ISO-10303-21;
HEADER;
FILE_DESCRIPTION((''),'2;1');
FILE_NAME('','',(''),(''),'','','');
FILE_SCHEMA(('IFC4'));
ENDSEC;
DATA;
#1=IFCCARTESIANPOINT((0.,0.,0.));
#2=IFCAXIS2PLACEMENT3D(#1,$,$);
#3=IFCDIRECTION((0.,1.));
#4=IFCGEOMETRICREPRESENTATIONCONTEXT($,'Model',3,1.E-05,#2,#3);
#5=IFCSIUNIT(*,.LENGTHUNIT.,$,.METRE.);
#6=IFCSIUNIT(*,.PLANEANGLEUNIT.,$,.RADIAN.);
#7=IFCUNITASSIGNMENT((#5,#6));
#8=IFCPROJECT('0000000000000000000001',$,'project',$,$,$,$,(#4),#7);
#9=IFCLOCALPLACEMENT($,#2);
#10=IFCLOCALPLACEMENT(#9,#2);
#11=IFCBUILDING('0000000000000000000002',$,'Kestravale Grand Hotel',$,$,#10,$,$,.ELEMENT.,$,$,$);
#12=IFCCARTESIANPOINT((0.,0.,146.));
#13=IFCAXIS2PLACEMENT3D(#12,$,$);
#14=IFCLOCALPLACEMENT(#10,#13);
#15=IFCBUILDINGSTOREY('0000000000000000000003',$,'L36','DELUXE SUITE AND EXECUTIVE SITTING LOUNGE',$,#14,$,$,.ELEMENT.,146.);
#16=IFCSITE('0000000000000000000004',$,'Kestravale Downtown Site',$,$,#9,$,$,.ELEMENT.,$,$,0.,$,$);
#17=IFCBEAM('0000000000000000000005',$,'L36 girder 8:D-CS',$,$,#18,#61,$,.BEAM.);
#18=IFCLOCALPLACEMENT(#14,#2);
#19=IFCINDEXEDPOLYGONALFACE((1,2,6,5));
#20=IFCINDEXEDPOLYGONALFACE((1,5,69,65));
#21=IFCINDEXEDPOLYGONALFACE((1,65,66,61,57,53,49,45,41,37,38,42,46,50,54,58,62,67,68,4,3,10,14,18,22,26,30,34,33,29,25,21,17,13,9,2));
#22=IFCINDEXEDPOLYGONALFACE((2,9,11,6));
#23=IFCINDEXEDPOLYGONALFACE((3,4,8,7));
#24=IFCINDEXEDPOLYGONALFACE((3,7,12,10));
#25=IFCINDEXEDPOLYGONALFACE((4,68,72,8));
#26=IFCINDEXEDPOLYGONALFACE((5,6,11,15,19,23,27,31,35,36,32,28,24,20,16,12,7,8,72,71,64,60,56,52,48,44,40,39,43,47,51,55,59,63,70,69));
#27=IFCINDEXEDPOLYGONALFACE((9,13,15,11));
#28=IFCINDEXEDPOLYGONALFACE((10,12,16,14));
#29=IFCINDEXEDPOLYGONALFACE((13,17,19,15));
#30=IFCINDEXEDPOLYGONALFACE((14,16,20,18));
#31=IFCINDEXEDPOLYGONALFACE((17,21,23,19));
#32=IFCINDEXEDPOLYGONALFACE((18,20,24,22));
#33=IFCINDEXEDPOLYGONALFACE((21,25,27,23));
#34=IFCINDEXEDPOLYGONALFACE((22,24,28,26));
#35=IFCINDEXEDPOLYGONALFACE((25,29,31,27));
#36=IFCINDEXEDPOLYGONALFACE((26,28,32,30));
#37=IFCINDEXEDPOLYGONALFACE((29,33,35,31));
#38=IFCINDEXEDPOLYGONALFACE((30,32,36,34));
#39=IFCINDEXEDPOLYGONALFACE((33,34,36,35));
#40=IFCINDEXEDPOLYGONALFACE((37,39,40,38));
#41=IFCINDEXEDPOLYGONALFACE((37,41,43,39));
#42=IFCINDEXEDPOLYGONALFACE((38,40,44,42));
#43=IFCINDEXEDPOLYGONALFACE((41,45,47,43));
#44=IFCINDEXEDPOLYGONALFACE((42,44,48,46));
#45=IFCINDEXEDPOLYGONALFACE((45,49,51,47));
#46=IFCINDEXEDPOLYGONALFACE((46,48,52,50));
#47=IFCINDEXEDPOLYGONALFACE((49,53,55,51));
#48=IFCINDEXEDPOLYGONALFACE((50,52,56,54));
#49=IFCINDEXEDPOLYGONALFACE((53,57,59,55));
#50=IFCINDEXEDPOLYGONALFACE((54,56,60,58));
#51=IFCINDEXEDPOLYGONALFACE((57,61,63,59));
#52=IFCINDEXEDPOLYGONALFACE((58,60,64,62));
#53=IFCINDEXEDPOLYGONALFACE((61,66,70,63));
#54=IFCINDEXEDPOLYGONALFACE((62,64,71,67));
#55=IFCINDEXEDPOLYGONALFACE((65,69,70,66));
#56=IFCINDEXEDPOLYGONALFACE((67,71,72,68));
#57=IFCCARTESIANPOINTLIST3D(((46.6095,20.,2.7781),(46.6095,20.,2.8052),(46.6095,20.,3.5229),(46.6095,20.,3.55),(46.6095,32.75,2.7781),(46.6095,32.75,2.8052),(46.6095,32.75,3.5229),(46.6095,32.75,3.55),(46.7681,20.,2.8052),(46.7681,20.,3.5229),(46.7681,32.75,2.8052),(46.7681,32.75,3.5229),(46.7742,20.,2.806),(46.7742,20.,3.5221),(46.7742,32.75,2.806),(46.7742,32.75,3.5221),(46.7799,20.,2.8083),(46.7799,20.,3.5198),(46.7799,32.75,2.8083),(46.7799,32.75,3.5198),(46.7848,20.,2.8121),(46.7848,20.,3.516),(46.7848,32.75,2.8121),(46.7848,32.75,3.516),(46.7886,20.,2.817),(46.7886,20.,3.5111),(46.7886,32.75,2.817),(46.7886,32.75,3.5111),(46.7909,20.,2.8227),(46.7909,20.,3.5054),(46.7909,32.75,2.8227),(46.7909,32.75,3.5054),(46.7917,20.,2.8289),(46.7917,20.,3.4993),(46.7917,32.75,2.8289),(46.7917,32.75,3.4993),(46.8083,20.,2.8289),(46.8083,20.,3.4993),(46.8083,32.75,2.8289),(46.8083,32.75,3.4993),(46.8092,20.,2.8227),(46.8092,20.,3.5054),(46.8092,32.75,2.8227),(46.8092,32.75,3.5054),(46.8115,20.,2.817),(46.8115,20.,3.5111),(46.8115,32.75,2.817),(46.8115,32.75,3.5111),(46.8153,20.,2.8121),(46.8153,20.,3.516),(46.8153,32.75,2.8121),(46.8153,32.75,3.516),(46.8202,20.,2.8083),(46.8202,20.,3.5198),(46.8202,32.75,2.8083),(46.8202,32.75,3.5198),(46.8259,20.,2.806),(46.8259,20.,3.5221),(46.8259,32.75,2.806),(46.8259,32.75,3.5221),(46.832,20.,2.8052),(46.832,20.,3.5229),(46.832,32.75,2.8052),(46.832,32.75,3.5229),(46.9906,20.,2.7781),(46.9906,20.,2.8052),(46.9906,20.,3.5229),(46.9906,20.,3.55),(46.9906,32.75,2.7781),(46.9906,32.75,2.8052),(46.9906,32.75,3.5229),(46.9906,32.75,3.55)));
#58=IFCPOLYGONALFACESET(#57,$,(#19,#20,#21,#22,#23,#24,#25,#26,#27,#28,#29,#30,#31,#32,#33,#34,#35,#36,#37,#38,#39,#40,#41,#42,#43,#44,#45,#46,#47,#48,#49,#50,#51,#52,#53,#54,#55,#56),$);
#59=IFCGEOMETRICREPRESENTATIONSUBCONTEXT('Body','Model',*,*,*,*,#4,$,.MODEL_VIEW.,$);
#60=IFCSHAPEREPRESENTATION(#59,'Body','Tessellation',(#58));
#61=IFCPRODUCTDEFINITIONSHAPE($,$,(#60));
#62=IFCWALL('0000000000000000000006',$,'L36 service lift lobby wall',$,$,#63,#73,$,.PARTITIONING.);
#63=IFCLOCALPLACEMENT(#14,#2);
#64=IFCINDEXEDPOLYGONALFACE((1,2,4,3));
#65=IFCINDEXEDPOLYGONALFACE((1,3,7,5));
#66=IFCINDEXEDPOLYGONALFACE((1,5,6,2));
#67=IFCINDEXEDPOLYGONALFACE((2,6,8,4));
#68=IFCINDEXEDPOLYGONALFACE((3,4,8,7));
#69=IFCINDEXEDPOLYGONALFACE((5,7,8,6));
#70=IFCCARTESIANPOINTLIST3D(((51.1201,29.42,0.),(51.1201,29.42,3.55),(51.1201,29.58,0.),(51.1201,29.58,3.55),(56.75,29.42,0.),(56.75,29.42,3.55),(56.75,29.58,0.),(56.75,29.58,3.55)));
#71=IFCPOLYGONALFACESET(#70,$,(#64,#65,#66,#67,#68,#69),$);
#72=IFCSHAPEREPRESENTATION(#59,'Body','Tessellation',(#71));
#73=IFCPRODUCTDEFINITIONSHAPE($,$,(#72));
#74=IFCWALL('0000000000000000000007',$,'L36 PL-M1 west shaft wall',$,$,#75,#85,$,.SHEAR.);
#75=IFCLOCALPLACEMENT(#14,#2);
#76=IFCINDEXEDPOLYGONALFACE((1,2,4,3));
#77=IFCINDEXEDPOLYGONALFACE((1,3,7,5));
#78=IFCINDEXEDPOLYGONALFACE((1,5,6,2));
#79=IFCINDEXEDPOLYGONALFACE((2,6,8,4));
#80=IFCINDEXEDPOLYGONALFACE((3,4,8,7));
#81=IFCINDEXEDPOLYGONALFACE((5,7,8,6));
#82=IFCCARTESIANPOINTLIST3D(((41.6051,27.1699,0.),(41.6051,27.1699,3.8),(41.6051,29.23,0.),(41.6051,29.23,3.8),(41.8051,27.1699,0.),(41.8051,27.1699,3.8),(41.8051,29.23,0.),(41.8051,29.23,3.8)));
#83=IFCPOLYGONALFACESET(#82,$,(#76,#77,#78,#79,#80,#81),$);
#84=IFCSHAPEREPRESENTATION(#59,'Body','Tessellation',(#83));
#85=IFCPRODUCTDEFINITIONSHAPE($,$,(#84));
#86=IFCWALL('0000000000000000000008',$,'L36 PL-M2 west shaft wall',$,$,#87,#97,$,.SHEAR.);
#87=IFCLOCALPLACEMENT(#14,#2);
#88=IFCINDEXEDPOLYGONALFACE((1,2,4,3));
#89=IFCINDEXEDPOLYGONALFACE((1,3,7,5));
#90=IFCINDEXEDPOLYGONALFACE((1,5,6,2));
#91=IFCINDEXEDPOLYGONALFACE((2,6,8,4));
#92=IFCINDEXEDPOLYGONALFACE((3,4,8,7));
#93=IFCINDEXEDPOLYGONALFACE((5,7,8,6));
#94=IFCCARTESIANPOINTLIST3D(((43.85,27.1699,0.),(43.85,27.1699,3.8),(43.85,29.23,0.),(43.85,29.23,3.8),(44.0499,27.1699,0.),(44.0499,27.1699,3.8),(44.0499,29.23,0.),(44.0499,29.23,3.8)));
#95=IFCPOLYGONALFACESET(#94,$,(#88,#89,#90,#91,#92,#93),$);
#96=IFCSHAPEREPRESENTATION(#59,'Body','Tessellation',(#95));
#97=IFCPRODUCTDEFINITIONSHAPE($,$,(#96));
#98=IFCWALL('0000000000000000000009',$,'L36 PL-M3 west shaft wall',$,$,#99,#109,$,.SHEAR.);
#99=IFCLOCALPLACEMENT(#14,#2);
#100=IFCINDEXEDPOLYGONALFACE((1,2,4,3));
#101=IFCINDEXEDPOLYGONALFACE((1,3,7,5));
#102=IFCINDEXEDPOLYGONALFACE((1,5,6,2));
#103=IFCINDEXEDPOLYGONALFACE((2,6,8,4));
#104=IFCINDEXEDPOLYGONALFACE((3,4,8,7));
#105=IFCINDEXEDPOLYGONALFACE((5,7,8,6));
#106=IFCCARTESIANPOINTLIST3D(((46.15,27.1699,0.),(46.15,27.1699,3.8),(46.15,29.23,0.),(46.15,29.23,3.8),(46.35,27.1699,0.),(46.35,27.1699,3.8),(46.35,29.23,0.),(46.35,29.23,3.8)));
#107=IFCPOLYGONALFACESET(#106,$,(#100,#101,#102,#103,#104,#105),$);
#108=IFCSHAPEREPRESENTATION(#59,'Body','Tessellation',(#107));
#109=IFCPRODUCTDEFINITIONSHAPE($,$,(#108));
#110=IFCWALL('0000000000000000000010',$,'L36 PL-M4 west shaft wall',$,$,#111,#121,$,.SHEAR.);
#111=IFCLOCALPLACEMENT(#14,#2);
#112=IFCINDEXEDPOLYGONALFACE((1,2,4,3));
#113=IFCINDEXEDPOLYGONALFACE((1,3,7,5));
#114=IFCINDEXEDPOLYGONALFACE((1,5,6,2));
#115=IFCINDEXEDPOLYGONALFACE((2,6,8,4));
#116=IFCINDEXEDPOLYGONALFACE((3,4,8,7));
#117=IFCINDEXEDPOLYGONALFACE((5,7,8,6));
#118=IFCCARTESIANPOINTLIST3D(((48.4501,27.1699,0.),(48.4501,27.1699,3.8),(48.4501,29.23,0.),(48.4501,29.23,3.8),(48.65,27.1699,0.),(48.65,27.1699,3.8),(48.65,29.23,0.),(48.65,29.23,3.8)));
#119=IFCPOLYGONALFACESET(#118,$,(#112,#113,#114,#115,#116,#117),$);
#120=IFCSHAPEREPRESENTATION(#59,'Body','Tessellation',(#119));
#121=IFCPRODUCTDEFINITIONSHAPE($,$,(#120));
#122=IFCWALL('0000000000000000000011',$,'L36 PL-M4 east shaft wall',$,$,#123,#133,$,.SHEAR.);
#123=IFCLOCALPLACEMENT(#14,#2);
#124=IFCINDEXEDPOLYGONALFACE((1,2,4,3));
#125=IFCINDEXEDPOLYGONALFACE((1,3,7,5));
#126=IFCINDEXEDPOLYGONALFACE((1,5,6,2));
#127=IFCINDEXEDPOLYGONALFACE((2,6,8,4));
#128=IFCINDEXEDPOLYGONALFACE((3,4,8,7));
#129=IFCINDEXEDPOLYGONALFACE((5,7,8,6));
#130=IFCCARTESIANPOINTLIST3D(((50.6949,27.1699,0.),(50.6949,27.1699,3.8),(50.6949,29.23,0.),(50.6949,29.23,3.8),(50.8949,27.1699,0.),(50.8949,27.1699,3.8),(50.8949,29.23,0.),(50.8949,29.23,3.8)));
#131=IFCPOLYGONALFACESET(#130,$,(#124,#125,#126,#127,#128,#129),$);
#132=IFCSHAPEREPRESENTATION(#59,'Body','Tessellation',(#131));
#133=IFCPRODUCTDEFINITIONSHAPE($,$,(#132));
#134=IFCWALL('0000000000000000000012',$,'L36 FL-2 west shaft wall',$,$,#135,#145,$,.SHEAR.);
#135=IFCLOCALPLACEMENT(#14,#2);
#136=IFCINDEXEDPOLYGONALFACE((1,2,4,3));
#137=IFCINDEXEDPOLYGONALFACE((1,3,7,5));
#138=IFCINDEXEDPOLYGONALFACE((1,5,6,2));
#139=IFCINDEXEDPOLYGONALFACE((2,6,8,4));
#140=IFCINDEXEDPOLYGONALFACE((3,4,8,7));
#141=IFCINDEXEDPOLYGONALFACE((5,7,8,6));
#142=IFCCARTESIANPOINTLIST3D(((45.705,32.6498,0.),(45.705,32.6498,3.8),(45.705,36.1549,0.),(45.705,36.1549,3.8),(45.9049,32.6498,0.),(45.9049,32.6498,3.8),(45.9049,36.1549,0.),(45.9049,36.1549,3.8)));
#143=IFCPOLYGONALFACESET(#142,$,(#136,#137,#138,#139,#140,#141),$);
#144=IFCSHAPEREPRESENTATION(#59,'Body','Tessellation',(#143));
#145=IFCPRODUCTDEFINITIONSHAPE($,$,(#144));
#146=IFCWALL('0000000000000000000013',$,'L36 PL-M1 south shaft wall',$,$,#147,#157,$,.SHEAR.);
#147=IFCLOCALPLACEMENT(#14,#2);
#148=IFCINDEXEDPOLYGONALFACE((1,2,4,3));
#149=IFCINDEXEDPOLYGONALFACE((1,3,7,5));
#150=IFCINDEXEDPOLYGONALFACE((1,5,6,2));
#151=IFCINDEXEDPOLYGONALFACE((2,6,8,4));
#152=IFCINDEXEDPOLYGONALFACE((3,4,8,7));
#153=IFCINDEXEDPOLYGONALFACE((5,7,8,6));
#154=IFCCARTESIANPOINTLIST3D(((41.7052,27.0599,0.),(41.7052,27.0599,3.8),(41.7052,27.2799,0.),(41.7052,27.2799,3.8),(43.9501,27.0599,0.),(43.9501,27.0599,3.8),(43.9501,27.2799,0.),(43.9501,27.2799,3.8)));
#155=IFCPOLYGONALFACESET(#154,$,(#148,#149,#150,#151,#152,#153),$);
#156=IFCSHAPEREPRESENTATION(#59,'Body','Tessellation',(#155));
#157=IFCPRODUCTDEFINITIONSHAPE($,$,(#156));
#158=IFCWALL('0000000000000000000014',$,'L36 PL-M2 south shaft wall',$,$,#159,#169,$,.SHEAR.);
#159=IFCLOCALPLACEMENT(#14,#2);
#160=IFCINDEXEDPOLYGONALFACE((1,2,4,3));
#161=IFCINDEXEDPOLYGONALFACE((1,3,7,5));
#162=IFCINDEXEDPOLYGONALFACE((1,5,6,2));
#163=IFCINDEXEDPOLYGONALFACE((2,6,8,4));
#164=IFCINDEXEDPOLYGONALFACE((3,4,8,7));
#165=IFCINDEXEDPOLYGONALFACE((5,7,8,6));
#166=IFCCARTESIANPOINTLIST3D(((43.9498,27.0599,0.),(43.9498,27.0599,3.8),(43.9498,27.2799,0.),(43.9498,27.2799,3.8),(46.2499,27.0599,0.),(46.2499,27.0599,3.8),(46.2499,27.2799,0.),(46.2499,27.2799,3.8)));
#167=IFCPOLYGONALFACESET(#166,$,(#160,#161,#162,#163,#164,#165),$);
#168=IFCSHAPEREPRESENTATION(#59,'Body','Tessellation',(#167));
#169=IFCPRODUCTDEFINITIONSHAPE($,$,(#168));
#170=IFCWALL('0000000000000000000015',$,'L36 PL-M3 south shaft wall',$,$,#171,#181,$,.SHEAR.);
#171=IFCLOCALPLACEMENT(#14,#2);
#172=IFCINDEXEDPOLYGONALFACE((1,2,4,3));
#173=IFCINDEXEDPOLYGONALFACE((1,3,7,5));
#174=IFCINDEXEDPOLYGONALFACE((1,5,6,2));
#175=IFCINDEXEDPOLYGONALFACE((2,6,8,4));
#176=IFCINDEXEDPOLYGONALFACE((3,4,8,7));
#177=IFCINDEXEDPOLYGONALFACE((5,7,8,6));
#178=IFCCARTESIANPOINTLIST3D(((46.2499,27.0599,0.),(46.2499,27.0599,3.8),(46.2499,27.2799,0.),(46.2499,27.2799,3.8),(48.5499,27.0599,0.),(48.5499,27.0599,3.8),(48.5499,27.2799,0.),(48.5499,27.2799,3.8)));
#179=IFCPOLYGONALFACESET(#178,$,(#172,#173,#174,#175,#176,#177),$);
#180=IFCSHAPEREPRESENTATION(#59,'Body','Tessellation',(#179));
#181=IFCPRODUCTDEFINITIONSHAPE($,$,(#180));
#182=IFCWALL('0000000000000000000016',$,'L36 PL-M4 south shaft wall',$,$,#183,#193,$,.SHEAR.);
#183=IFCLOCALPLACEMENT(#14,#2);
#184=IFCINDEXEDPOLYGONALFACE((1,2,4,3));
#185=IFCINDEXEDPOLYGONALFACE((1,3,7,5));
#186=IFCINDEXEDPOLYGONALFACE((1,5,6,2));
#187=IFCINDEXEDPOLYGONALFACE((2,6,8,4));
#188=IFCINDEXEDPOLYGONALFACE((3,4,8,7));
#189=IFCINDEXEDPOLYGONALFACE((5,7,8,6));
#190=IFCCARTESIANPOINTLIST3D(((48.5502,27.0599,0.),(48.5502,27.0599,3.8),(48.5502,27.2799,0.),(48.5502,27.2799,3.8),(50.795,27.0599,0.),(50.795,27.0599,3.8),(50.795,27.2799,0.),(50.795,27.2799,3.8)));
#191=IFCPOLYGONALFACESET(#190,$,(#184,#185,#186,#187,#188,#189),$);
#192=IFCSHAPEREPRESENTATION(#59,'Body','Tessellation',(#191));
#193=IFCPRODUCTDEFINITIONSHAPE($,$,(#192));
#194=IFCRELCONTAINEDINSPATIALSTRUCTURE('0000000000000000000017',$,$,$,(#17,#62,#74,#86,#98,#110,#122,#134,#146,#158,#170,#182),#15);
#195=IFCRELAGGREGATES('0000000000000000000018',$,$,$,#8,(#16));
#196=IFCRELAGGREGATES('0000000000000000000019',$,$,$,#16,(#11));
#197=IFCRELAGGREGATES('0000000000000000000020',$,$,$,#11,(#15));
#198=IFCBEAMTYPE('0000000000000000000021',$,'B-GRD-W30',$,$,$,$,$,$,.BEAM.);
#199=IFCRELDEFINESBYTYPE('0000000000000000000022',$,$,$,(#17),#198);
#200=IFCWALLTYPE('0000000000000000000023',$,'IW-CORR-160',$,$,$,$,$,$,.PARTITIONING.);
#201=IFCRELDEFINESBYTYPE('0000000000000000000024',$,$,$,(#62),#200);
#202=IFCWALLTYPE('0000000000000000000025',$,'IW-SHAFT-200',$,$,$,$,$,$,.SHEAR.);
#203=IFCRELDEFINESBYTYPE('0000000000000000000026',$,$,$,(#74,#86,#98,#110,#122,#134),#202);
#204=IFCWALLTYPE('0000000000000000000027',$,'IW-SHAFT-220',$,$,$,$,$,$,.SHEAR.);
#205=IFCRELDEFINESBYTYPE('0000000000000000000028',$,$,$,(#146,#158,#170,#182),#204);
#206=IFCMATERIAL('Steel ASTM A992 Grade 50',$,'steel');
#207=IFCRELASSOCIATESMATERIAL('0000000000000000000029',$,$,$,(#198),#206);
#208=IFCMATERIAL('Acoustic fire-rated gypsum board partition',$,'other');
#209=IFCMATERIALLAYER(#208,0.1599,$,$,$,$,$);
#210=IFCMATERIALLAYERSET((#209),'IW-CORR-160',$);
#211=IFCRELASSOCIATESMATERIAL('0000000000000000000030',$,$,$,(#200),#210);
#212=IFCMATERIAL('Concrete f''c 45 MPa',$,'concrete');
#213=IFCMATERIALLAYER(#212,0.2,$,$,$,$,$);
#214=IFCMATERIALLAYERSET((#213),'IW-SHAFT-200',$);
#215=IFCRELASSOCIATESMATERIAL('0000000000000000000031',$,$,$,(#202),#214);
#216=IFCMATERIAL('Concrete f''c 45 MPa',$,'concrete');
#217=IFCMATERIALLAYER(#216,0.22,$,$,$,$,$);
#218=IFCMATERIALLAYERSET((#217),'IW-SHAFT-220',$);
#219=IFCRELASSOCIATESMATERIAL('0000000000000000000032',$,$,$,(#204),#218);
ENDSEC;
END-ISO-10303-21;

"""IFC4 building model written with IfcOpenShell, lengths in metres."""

from ifc_helpers import new_model, si_unit, direction, frame, frame_2d, origin, origin_2d, place, context, subcontext, project, spatial, rectangle, i_section, extrude, material, layer, layer_set, material_profile, profile_set, type_object, element, save


model = new_model("IFC4")

# Units and contexts
model_context = context("Model", 3, precision=1e-05, world=origin(), true_north=direction((0.0, 1.0)))
body_context = subcontext(model_context, "Body", "Model", "MODEL_VIEW")
ifc_project = project(units=[si_unit("LENGTHUNIT", "METRE"), si_unit("PLANEANGLEUNIT", "RADIAN")], contexts=[model_context])

# Site, building, storey
site_placement = place(None, origin())
site = spatial("IfcSite", under=ifc_project, at=site_placement, Name="Kestravale Downtown Site", CompositionType="ELEMENT", RefElevation=0.0)
building_placement = place(site_placement, origin())
building = spatial("IfcBuilding", under=site, at=building_placement, Name="Kestravale Grand Hotel", CompositionType="ELEMENT")
storey_placement = place(building_placement, frame((0.0, 0.0, 146.0)))
storey = spatial("IfcBuildingStorey", under=building, at=storey_placement, Name="L36", Description="DELUXE SUITE AND EXECUTIVE SITTING LOUNGE", CompositionType="ELEMENT", Elevation=146.0)

# Beam
ifc_material_1 = material(Name="Steel ASTM A992 Grade 50", Category="steel")
ifc_material_profile = material_profile(ifc_material_1, i_section(OverallWidth=0.3811, OverallDepth=0.772, WebThickness=0.0166, FlangeThickness=0.0271, FilletRadius=0.0237, at=origin_2d()))
ifc_profile_set = profile_set([ifc_material_profile], Name="Steel ASTM A992 Grade 50")
beam_type = type_object("IfcBeamType", Name="B-GRD-W30", PredefinedType="BEAM", material=ifc_profile_set)
beam_placement = place(storey_placement, frame((46.8, 20.0, 3.1641), z_axis=(0.0, 1.0, 0.0), x_axis=(-1.0, 0.0, 0.0)))
element("IfcBeam", 1, at=beam_placement, inside=storey, type_object=beam_type, Name="L36 girder 8:D-CS", PredefinedType="BEAM", context=body_context, shape_type="SweptSolid", body=[
    extrude(i_section(OverallWidth=0.3811, OverallDepth=0.772, WebThickness=0.0166, FlangeThickness=0.0271, FilletRadius=0.0237, at=origin_2d()), origin(), (0.0, 0.0, 1.0), 12.75),
])

# Shared definitions
ifc_material_2 = material(Name="Acoustic fire-rated gypsum board partition", Category="other")
ifc_layer_1 = layer(ifc_material_2, 0.1599)
ifc_layer_set_1 = layer_set([ifc_layer_1], Name="IW-CORR-160")
wall_type_1 = type_object("IfcWallType", Name="IW-CORR-160", PredefinedType="PARTITIONING", material=ifc_layer_set_1)

# Walls
wall_1_placement = place(storey_placement, frame((51.1201, 29.5, 0.0), z_axis=(0.0, 0.0, 1.0), x_axis=(1.0, 0.0, 0.0)))
element("IfcWall", 2, at=wall_1_placement, inside=storey, type_object=wall_type_1, Name="L36 service lift lobby wall", PredefinedType="PARTITIONING", context=body_context, shape_type="SweptSolid", body=[
    extrude(rectangle(XDim=5.6299, YDim=0.1599, at=frame_2d((2.8149, 0.0))), origin(), (0.0, 0.0, 1.0), 3.55),
])
ifc_material_3 = material(Name="Concrete f'c 45 MPa", Category="concrete")
ifc_layer_2 = layer(ifc_material_3, 0.2)
ifc_layer_set_2 = layer_set([ifc_layer_2], Name="IW-SHAFT-200")
wall_type_2 = type_object("IfcWallType", Name="IW-SHAFT-200", PredefinedType="SHEAR", material=ifc_layer_set_2)
for number, where, z_axis, x_axis, name in (
    (3, (41.7051, 27.1699, 0.0), (0.0, 0.0, 1.0), (0.0, 1.0, 0.0), "L36 PL-M1 west shaft wall"),
    (4, (43.95, 27.1699, 0.0), (0.0, 0.0, 1.0), (0.0, 1.0, 0.0), "L36 PL-M2 west shaft wall"),
    (5, (46.25, 27.1699, 0.0), (0.0, 0.0, 1.0), (0.0, 1.0, 0.0), "L36 PL-M3 west shaft wall"),
    (6, (48.55, 27.1699, 0.0), (0.0, 0.0, 1.0), (0.0, 1.0, 0.0), "L36 PL-M4 west shaft wall"),
    (7, (50.7949, 27.1699, 0.0), (0.0, 0.0, 1.0), (0.0, 1.0, 0.0), "L36 PL-M4 east shaft wall"),
):
    element("IfcWall", number, at=place(storey_placement, frame(where, z_axis=z_axis, x_axis=x_axis)), inside=storey, type_object=wall_type_2, Name=name, PredefinedType="SHEAR", context=body_context, shape_type="SweptSolid", body=[
        extrude(rectangle(XDim=2.0601, YDim=0.2, at=frame_2d((1.03, 0.0))), origin(), (0.0, 0.0, 1.0), 3.8),
    ])
wall_2_placement = place(storey_placement, frame((45.8049, 32.6499, 0.0), z_axis=(0.0, 0.0, 1.0), x_axis=(0.0, 1.0, 0.0)))
element("IfcWall", 8, at=wall_2_placement, inside=storey, type_object=wall_type_2, Name="L36 FL-2 west shaft wall", PredefinedType="SHEAR", context=body_context, shape_type="SweptSolid", body=[
    extrude(rectangle(XDim=3.5051, YDim=0.2, at=frame_2d((1.7524, 0.0))), origin(), (0.0, 0.0, 1.0), 3.8),
])

# Shared definitions
ifc_material_4 = material(Name="Concrete f'c 45 MPa", Category="concrete")
ifc_layer_3 = layer(ifc_material_4, 0.22)
ifc_layer_set_3 = layer_set([ifc_layer_3], Name="IW-SHAFT-220")
wall_type_3 = type_object("IfcWallType", Name="IW-SHAFT-220", PredefinedType="SHEAR", material=ifc_layer_set_3)

# Wall
wall_3_placement = place(storey_placement, frame((41.7051, 27.1699, 0.0), z_axis=(0.0, 0.0, 1.0), x_axis=(1.0, 0.0, 0.0)))
element("IfcWall", 9, at=wall_3_placement, inside=storey, type_object=wall_type_3, Name="L36 PL-M1 south shaft wall", PredefinedType="SHEAR", context=body_context, shape_type="SweptSolid", body=[
    extrude(rectangle(XDim=2.2449, YDim=0.22, at=frame_2d((1.1226, 0.0))), origin(), (0.0, 0.0, 1.0), 3.8),
])

# Wall
wall_4_placement = place(storey_placement, frame((43.95, 27.1699, 0.0), z_axis=(0.0, 0.0, 1.0), x_axis=(1.0, 0.0, 0.0)))
element("IfcWall", 10, at=wall_4_placement, inside=storey, type_object=wall_type_3, Name="L36 PL-M2 south shaft wall", PredefinedType="SHEAR", context=body_context, shape_type="SweptSolid", body=[
    extrude(rectangle(XDim=2.3, YDim=0.22, at=frame_2d((1.1499, 0.0))), origin(), (0.0, 0.0, 1.0), 3.8),
])

# Wall
wall_5_placement = place(storey_placement, frame((46.25, 27.1699, 0.0), z_axis=(0.0, 0.0, 1.0), x_axis=(1.0, 0.0, 0.0)))
element("IfcWall", 11, at=wall_5_placement, inside=storey, type_object=wall_type_3, Name="L36 PL-M3 south shaft wall", PredefinedType="SHEAR", context=body_context, shape_type="SweptSolid", body=[
    extrude(rectangle(XDim=2.3, YDim=0.22, at=frame_2d((1.1499, 0.0))), origin(), (0.0, 0.0, 1.0), 3.8),
])

# Wall
wall_6_placement = place(storey_placement, frame((48.55, 27.1699, 0.0), z_axis=(0.0, 0.0, 1.0), x_axis=(1.0, 0.0, 0.0)))
element("IfcWall", 12, at=wall_6_placement, inside=storey, type_object=wall_type_3, Name="L36 PL-M4 south shaft wall", PredefinedType="SHEAR", context=body_context, shape_type="SweptSolid", body=[
    extrude(rectangle(XDim=2.2449, YDim=0.22, at=frame_2d((1.1226, 0.0))), origin(), (0.0, 0.0, 1.0), 3.8),
])

save(model, "model.ifc")
